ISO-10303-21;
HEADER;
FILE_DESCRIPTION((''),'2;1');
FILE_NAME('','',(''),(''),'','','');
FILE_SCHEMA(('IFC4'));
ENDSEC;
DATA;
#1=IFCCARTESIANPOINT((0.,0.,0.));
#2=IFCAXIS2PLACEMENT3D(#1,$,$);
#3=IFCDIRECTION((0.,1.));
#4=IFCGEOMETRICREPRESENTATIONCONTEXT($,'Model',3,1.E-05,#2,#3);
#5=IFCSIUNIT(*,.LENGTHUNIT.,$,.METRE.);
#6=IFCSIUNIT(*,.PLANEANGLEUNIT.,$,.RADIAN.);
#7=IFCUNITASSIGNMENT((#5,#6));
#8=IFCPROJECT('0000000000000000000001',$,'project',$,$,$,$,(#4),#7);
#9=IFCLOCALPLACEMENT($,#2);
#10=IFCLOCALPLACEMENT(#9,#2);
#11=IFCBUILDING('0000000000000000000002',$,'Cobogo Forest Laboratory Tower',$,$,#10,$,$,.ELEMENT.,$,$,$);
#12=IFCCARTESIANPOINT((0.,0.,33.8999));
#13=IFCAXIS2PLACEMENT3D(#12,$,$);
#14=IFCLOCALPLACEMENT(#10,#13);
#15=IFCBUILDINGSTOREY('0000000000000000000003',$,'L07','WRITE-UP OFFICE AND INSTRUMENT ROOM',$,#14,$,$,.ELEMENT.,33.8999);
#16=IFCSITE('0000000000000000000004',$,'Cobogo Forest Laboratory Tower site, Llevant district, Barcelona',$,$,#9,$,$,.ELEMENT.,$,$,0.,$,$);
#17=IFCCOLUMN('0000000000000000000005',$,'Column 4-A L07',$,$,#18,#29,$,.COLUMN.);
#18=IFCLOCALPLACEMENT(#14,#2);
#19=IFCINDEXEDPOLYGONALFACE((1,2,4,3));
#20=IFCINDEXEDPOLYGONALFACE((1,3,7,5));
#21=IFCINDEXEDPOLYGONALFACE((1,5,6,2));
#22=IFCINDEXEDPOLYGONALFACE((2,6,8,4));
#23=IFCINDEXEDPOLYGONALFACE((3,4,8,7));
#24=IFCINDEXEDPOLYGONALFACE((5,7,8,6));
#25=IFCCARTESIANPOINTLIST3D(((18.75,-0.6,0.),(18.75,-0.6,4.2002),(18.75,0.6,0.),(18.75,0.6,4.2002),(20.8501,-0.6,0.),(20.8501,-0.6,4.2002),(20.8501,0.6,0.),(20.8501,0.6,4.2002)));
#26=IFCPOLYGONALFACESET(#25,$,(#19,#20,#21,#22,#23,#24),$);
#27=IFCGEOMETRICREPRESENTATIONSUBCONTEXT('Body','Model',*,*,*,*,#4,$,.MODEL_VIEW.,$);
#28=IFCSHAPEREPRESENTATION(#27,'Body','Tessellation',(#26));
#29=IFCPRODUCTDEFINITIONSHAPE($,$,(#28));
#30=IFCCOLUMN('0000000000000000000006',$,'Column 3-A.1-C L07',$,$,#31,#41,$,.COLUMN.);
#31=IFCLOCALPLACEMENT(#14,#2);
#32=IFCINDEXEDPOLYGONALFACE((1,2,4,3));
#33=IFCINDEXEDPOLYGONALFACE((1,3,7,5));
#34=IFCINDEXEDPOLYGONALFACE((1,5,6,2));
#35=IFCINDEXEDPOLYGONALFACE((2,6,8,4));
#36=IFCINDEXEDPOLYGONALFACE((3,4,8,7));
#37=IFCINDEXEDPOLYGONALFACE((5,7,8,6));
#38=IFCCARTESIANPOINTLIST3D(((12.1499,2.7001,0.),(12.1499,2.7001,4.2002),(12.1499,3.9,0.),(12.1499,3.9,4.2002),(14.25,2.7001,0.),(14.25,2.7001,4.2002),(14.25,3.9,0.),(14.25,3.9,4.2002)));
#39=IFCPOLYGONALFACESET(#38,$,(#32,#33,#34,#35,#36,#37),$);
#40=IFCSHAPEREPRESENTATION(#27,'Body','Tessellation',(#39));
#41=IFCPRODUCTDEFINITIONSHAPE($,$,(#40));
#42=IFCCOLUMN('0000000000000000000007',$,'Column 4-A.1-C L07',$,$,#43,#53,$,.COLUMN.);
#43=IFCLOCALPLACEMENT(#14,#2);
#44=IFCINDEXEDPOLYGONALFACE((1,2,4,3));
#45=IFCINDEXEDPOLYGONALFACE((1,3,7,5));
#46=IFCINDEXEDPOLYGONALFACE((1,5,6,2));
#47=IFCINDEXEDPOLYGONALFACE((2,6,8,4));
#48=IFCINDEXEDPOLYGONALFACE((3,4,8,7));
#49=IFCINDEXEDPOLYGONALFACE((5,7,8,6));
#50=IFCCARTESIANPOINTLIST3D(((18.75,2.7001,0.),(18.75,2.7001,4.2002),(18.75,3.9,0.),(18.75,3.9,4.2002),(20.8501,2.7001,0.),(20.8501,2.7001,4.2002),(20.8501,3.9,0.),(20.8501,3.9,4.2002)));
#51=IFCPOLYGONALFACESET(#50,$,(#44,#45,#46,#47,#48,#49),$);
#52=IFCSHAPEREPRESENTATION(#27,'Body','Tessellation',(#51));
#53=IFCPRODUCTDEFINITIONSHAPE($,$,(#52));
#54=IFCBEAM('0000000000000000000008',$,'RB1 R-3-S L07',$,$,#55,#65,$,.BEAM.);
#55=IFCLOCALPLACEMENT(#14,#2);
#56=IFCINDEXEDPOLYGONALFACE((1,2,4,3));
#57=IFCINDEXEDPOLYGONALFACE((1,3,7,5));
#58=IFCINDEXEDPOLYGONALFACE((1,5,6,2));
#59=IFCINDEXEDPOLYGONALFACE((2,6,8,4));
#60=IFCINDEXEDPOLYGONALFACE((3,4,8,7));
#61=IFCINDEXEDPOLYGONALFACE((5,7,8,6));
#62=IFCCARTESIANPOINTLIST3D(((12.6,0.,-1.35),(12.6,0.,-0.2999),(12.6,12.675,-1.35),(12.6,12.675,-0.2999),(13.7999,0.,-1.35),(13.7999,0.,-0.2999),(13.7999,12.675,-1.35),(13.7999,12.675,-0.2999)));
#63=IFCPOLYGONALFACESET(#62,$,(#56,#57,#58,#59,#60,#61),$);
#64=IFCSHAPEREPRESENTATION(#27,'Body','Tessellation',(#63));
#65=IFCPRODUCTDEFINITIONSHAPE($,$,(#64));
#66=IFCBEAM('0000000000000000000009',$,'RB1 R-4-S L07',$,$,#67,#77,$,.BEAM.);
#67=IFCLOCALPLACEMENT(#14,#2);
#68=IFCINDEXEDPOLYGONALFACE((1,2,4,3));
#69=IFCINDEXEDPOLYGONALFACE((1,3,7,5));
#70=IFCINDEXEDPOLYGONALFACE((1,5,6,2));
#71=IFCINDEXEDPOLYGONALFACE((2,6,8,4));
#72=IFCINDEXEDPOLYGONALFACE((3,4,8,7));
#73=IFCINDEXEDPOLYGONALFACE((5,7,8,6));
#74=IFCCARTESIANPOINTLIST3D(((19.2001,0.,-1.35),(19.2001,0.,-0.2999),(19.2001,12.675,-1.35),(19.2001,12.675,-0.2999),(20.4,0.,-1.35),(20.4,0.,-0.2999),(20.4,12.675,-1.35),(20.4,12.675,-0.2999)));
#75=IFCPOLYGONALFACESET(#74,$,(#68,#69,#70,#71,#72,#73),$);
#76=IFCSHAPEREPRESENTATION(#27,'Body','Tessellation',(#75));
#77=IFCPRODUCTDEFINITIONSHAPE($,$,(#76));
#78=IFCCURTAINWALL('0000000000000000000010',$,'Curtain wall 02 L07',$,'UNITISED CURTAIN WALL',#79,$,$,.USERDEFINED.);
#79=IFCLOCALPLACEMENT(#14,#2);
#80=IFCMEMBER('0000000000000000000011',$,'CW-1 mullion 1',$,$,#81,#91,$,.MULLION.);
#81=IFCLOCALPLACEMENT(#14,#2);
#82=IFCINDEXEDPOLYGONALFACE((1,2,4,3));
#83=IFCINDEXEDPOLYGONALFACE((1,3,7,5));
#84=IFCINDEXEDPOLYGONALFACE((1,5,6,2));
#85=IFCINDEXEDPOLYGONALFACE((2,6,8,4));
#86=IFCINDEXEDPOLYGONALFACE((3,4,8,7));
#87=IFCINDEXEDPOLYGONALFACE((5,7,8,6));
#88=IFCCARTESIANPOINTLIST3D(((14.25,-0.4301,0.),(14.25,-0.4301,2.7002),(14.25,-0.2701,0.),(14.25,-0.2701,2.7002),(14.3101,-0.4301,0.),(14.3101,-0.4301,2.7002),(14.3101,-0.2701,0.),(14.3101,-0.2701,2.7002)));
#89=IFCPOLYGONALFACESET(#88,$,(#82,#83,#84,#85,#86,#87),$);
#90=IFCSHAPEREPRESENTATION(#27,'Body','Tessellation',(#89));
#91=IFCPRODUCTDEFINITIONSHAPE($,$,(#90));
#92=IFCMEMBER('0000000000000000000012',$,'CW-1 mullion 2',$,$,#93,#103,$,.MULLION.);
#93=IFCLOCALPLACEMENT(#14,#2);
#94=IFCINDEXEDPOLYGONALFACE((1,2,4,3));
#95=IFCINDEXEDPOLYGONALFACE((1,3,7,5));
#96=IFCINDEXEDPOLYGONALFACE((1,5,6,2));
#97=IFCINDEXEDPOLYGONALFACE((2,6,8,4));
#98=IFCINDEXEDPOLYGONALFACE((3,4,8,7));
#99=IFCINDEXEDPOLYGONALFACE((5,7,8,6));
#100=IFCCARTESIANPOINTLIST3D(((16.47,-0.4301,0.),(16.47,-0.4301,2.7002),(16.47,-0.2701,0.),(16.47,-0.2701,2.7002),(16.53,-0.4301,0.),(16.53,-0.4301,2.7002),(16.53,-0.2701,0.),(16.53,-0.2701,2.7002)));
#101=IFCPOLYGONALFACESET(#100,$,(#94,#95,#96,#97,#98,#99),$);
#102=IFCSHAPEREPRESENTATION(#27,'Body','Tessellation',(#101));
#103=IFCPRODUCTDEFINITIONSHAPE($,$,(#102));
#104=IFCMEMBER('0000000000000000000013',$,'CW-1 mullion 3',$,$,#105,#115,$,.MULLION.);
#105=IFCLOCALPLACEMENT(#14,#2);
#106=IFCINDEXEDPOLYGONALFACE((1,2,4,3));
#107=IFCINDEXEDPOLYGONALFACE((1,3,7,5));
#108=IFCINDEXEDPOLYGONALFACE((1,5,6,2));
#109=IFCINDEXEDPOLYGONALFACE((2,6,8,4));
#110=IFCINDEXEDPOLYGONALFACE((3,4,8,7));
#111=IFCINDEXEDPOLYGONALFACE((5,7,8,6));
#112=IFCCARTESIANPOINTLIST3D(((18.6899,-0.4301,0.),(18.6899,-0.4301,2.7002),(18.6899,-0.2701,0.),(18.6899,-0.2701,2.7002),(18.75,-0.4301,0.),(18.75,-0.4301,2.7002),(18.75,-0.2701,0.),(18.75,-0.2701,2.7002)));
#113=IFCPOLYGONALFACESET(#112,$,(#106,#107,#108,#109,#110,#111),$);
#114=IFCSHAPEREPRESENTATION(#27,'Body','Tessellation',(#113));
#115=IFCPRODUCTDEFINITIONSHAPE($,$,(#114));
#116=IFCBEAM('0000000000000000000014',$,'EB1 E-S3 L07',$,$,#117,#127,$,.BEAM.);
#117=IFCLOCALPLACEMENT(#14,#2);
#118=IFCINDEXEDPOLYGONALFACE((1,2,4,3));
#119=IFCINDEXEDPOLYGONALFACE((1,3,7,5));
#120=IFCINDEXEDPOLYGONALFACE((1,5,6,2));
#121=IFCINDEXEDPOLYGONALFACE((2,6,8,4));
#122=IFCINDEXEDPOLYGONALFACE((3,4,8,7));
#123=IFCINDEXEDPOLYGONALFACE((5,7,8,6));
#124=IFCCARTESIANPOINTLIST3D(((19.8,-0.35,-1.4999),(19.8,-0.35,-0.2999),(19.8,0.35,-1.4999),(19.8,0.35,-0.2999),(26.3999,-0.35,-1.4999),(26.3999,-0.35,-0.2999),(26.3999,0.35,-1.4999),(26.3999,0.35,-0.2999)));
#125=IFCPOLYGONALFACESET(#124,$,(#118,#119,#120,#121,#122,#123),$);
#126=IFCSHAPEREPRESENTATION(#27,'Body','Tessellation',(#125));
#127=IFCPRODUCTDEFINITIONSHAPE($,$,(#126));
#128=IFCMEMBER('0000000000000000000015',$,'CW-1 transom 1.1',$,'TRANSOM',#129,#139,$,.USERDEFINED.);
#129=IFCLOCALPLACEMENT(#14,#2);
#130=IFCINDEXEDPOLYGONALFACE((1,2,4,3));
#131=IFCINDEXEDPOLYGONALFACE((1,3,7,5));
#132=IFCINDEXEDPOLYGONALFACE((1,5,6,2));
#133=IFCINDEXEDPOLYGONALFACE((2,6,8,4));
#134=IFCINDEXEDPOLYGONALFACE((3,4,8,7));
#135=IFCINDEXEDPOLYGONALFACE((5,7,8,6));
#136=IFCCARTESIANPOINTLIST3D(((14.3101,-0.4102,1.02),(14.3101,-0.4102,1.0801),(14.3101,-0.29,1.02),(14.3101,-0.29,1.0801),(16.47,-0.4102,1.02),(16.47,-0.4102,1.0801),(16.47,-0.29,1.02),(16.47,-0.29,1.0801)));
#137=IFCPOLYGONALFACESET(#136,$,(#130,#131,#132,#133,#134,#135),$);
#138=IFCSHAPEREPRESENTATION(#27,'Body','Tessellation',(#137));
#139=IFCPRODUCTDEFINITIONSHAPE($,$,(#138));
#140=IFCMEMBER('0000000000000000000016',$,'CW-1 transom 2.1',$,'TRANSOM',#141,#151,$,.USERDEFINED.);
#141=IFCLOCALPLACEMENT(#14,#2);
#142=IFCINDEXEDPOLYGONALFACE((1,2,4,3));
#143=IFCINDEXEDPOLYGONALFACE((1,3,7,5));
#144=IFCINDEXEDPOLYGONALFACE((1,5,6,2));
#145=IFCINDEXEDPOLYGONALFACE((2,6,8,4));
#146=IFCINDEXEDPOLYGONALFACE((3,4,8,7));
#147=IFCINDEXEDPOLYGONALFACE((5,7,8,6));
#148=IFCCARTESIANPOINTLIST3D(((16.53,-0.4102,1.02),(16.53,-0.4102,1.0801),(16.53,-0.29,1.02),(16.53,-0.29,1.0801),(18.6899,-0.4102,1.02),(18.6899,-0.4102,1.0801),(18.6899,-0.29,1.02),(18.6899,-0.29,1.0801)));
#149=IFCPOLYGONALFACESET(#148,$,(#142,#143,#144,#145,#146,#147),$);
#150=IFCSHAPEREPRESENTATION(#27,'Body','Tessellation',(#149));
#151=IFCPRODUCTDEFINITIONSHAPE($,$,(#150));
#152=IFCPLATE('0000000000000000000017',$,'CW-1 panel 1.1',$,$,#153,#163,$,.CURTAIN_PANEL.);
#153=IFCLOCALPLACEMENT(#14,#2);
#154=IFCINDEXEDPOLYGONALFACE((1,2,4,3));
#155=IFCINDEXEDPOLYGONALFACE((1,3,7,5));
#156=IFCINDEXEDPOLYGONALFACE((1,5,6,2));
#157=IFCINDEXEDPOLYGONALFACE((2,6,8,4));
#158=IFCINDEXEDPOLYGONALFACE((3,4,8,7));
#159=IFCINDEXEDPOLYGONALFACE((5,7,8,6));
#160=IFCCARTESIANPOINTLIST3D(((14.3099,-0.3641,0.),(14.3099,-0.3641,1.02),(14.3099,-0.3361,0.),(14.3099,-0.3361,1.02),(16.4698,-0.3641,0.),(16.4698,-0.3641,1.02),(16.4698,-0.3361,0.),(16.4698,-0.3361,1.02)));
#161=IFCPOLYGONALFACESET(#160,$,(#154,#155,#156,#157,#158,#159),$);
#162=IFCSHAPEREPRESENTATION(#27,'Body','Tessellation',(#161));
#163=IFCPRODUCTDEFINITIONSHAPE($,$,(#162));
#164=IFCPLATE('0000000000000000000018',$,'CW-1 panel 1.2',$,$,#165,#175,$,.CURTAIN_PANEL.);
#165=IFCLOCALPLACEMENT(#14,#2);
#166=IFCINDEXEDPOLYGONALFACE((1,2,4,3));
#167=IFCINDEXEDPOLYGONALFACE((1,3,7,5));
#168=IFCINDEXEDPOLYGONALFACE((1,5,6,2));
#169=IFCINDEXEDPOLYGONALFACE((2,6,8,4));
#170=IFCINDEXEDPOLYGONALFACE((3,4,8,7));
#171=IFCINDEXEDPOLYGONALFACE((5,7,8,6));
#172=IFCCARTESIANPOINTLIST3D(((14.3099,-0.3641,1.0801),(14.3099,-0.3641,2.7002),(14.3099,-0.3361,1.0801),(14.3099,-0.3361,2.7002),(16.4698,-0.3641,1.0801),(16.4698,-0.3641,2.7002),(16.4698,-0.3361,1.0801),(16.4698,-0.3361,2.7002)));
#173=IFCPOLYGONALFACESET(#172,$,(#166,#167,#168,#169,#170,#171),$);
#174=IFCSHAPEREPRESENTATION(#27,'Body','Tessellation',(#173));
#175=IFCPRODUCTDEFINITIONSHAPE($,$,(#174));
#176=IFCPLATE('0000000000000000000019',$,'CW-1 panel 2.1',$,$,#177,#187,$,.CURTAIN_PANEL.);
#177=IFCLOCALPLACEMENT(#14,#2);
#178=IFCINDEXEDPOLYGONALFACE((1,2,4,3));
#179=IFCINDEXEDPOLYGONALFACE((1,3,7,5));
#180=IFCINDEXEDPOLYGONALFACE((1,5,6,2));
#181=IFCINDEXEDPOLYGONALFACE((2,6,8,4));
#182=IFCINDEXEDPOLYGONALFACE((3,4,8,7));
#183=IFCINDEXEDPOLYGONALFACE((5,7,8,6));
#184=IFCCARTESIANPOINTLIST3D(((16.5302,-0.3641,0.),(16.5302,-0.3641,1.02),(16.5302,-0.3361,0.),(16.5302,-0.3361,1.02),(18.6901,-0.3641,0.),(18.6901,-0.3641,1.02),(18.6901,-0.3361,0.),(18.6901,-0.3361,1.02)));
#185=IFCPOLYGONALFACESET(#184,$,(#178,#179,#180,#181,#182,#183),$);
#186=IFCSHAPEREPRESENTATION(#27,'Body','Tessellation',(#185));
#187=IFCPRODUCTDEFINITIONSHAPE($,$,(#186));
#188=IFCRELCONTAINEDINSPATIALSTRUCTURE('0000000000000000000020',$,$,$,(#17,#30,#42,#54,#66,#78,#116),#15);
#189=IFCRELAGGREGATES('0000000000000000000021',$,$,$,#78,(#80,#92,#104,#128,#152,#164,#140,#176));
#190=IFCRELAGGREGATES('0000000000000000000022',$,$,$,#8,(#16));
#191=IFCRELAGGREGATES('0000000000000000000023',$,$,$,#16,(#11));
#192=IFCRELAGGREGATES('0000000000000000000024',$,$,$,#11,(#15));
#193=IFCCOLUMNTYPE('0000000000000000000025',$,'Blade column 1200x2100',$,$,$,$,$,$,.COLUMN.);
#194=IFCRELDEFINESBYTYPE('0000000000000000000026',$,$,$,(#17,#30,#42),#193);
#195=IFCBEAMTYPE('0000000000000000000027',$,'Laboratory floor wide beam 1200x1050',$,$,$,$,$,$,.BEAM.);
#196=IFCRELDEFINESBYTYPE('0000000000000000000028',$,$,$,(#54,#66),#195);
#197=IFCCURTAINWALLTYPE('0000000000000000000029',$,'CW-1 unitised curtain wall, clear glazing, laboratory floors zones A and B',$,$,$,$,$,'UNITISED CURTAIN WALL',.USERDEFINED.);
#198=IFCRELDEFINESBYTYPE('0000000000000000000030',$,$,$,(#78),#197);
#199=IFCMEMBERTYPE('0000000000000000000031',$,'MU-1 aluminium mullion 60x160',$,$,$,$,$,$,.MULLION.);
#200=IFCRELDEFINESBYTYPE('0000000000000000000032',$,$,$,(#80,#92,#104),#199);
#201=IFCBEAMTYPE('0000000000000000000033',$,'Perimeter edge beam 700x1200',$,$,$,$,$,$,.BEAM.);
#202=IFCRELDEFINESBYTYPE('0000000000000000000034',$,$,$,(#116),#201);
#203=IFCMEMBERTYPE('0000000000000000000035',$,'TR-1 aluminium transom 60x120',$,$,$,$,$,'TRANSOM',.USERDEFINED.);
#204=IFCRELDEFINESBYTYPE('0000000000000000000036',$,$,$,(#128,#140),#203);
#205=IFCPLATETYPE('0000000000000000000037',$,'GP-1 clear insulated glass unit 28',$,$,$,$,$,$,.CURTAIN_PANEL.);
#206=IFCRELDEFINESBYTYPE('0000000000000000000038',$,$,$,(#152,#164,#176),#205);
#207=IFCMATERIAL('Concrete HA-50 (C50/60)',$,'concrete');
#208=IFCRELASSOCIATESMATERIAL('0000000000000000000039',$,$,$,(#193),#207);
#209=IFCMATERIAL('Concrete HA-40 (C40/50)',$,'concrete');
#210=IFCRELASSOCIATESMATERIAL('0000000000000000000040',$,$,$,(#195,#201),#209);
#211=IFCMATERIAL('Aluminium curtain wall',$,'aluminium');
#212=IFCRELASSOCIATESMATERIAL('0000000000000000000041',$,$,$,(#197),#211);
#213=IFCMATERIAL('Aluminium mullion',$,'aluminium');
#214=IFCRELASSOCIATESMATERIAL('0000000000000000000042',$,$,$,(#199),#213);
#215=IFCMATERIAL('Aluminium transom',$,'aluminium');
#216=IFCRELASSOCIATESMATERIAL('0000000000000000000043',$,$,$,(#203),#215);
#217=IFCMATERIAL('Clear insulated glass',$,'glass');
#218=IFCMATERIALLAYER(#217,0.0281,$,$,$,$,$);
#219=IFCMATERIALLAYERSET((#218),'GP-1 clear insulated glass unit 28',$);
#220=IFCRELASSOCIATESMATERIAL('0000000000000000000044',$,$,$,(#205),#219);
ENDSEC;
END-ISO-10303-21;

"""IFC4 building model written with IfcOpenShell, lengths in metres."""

from ifc_helpers import new_model, si_unit, direction, frame, origin, origin_2d, place, context, subcontext, project, spatial, rectangle, extrude, material, layer, layer_set, material_profile, profile_set, type_object, element, aggregate, save


model = new_model("IFC4")

# Units and contexts
model_context = context("Model", 3, precision=1e-05, world=origin(), true_north=direction((0.0, 1.0)))
body_context = subcontext(model_context, "Body", "Model", "MODEL_VIEW")
ifc_project = project(units=[si_unit("LENGTHUNIT", "METRE"), si_unit("PLANEANGLEUNIT", "RADIAN")], contexts=[model_context])

# Site, building, storey
site_placement = place(None, origin())
site = spatial("IfcSite", under=ifc_project, at=site_placement, Name="Cobogo Forest Laboratory Tower site, Llevant district, Barcelona", CompositionType="ELEMENT", RefElevation=0.0)
building_placement = place(site_placement, origin())
building = spatial("IfcBuilding", under=site, at=building_placement, Name="Cobogo Forest Laboratory Tower", CompositionType="ELEMENT")
storey_placement = place(building_placement, frame((0.0, 0.0, 33.8999)))
storey = spatial("IfcBuildingStorey", under=building, at=storey_placement, Name="L07", Description="WRITE-UP OFFICE AND INSTRUMENT ROOM", CompositionType="ELEMENT", Elevation=33.8999)

# Columns
ifc_material_1 = material(Name="Concrete HA-50 (C50/60)", Category="concrete")
ifc_material_profile_1 = material_profile(ifc_material_1, rectangle(XDim=2.1001, YDim=1.2, at=origin_2d()), Name="RC 1200x2100")
ifc_profile_set_1 = profile_set([ifc_material_profile_1], Name="Concrete HA-50 (C50/60)")
column_type = type_object("IfcColumnType", Name="Blade column 1200x2100", PredefinedType="COLUMN", material=ifc_profile_set_1)
for number, where, z_axis, x_axis, name in (
    (1, (19.8, 0.0, 0.0), (0.0, 0.0, 1.0), (1.0, 0.0, 0.0), "Column 4-A L07"),
    (2, (13.2, 3.3, 0.0), (0.0, 0.0, 1.0), (1.0, 0.0, 0.0), "Column 3-A.1-C L07"),
    (3, (19.8, 3.3, 0.0), (0.0, 0.0, 1.0), (1.0, 0.0, 0.0), "Column 4-A.1-C L07"),
):
    element("IfcColumn", number, at=place(storey_placement, frame(where, z_axis=z_axis, x_axis=x_axis)), inside=storey, type_object=column_type, Name=name, PredefinedType="COLUMN", context=body_context, shape_type="SweptSolid", body=[
        extrude(rectangle(XDim=2.1001, YDim=1.2, at=origin_2d()), origin(), (0.0, 0.0, 1.0), 4.2002),
    ])

# Beams
ifc_material_2 = material(Name="Concrete HA-40 (C40/50)", Category="concrete")
ifc_material_profile_2 = material_profile(ifc_material_2, rectangle(XDim=1.2, YDim=1.05, at=origin_2d()), Name="RC 1200x1050")
ifc_profile_set_2 = profile_set([ifc_material_profile_2], Name="Concrete HA-40 (C40/50)")
beam_type_1 = type_object("IfcBeamType", Name="Laboratory floor wide beam 1200x1050", PredefinedType="BEAM", material=ifc_profile_set_2)
for number, where, z_axis, x_axis, name in (
    (4, (13.2, 12.675, -0.825), (0.0, -1.0, 0.0), (1.0, 0.0, 0.0), "RB1 R-3-S L07"),
    (5, (19.8, 12.675, -0.825), (0.0, -1.0, 0.0), (1.0, 0.0, 0.0), "RB1 R-4-S L07"),
):
    element("IfcBeam", number, at=place(storey_placement, frame(where, z_axis=z_axis, x_axis=x_axis)), inside=storey, type_object=beam_type_1, Name=name, PredefinedType="BEAM", context=body_context, shape_type="SweptSolid", body=[
        extrude(rectangle(XDim=1.2, YDim=1.05, at=origin_2d()), origin(), (0.0, 0.0, 1.0), 12.675),
    ])

# Curtain wall, members
ifc_material_3 = material(Name="Aluminium curtain wall", Category="aluminium")
curtain_wall_type = type_object("IfcCurtainWallType", Name="CW-1 unitised curtain wall, clear glazing, laboratory floors zones A and B", ElementType="UNITISED CURTAIN WALL", PredefinedType="USERDEFINED", material=ifc_material_3)
curtain_wall_placement = place(storey_placement, origin())
curtain_wall = element("IfcCurtainWall", 6, at=curtain_wall_placement, inside=storey, type_object=curtain_wall_type, Name="Curtain wall 02 L07", ObjectType="UNITISED CURTAIN WALL", PredefinedType="USERDEFINED")
ifc_material_4 = material(Name="Aluminium mullion", Category="aluminium")
ifc_material_profile_3 = material_profile(ifc_material_4, rectangle(XDim=0.0601, YDim=0.1599, at=origin_2d()), Name="AL 60x160")
ifc_profile_set_3 = profile_set([ifc_material_profile_3], Name="Aluminium mullion")
member_type_1 = type_object("IfcMemberType", Name="MU-1 aluminium mullion 60x160", PredefinedType="MULLION", material=ifc_profile_set_3)
member_1_placement = place(storey_placement, frame((14.28, -0.3501, 0.0), z_axis=(0.0, 0.0, 1.0), x_axis=(1.0, 0.0, 0.0)))
member_1 = element("IfcMember", 7, at=member_1_placement, type_object=member_type_1, Name="CW-1 mullion 1", PredefinedType="MULLION", context=body_context, shape_type="SweptSolid", body=[
    extrude(rectangle(XDim=0.0601, YDim=0.1599, at=origin_2d()), origin(), (0.0, 0.0, 1.0), 2.7002),
])
member_2_placement = place(storey_placement, frame((16.5, -0.3501, 0.0), z_axis=(0.0, 0.0, 1.0), x_axis=(1.0, 0.0, 0.0)))
member_2 = element("IfcMember", 8, at=member_2_placement, type_object=member_type_1, Name="CW-1 mullion 2", PredefinedType="MULLION", context=body_context, shape_type="SweptSolid", body=[
    extrude(rectangle(XDim=0.0601, YDim=0.1599, at=origin_2d()), origin(), (0.0, 0.0, 1.0), 2.7002),
])
member_3_placement = place(storey_placement, frame((18.72, -0.3501, 0.0), z_axis=(0.0, 0.0, 1.0), x_axis=(1.0, 0.0, 0.0)))
member_3 = element("IfcMember", 9, at=member_3_placement, type_object=member_type_1, Name="CW-1 mullion 3", PredefinedType="MULLION", context=body_context, shape_type="SweptSolid", body=[
    extrude(rectangle(XDim=0.0601, YDim=0.1599, at=origin_2d()), origin(), (0.0, 0.0, 1.0), 2.7002),
])

# Beam
ifc_material_profile_4 = material_profile(ifc_material_2, rectangle(XDim=0.7, YDim=1.2, at=origin_2d()), Name="RC 700x1200")
ifc_profile_set_4 = profile_set([ifc_material_profile_4], Name="Concrete HA-40 (C40/50)")
beam_type_2 = type_object("IfcBeamType", Name="Perimeter edge beam 700x1200", PredefinedType="BEAM", material=ifc_profile_set_4)
beam_placement = place(storey_placement, frame((19.8, 0.0, -0.8999), z_axis=(1.0, 0.0, 0.0), x_axis=(0.0, 1.0, 0.0)))
element("IfcBeam", 10, at=beam_placement, inside=storey, type_object=beam_type_2, Name="EB1 E-S3 L07", PredefinedType="BEAM", context=body_context, shape_type="SweptSolid", body=[
    extrude(rectangle(XDim=0.7, YDim=1.2, at=origin_2d()), origin(), (0.0, 0.0, 1.0), 6.5999),
])

# Members
ifc_material_5 = material(Name="Aluminium transom", Category="aluminium")
ifc_material_profile_5 = material_profile(ifc_material_5, rectangle(XDim=0.1201, YDim=0.0601, at=origin_2d()), Name="AL 60x120")
ifc_profile_set_5 = profile_set([ifc_material_profile_5], Name="Aluminium transom")
member_type_2 = type_object("IfcMemberType", Name="TR-1 aluminium transom 60x120", ElementType="TRANSOM", PredefinedType="USERDEFINED", material=ifc_profile_set_5)
member_4_placement = place(storey_placement, frame((14.3101, -0.3501, 1.05), z_axis=(1.0, 0.0, 0.0), x_axis=(0.0, 1.0, 0.0)))
member_4 = element("IfcMember", 11, at=member_4_placement, type_object=member_type_2, Name="CW-1 transom 1.1", ObjectType="TRANSOM", PredefinedType="USERDEFINED", context=body_context, shape_type="SweptSolid", body=[
    extrude(rectangle(XDim=0.1201, YDim=0.0601, at=origin_2d()), origin(), (0.0, 0.0, 1.0), 2.1599),
])
member_5_placement = place(storey_placement, frame((16.53, -0.3501, 1.05), z_axis=(1.0, 0.0, 0.0), x_axis=(0.0, 1.0, 0.0)))
member_5 = element("IfcMember", 12, at=member_5_placement, type_object=member_type_2, Name="CW-1 transom 2.1", ObjectType="TRANSOM", PredefinedType="USERDEFINED", context=body_context, shape_type="SweptSolid", body=[
    extrude(rectangle(XDim=0.1201, YDim=0.0601, at=origin_2d()), origin(), (0.0, 0.0, 1.0), 2.1599),
])

# Plates
ifc_material_6 = material(Name="Clear insulated glass", Category="glass")
ifc_layer_1 = layer(ifc_material_6, 0.0281)
ifc_layer_set_1 = layer_set([ifc_layer_1], Name="GP-1 clear insulated glass unit 28")
plate_type_1 = type_object("IfcPlateType", Name="GP-1 clear insulated glass unit 28", PredefinedType="CURTAIN_PANEL", material=ifc_layer_set_1)
plate_1_placement = place(storey_placement, frame((15.3899, -0.3501, 0.0), z_axis=(0.0, 0.0, 1.0), x_axis=(1.0, 0.0, 0.0)))
plate_1 = element("IfcPlate", 13, at=plate_1_placement, type_object=plate_type_1, Name="CW-1 panel 1.1", PredefinedType="CURTAIN_PANEL", context=body_context, shape_type="SweptSolid", body=[
    extrude(rectangle(XDim=2.1599, YDim=0.0281, at=origin_2d()), origin(), (0.0, 0.0, 1.0), 1.02),
])
plate_2_placement = place(storey_placement, frame((15.3899, -0.3501, 1.0801), z_axis=(0.0, 0.0, 1.0), x_axis=(1.0, 0.0, 0.0)))
plate_2 = element("IfcPlate", 14, at=plate_2_placement, type_object=plate_type_1, Name="CW-1 panel 1.2", PredefinedType="CURTAIN_PANEL", context=body_context, shape_type="SweptSolid", body=[
    extrude(rectangle(XDim=2.1599, YDim=0.0281, at=origin_2d()), origin(), (0.0, 0.0, 1.0), 1.6201),
])
plate_3_placement = place(storey_placement, frame((17.6101, -0.3501, 0.0), z_axis=(0.0, 0.0, 1.0), x_axis=(1.0, 0.0, 0.0)))
plate_3 = element("IfcPlate", 15, at=plate_3_placement, type_object=plate_type_1, Name="CW-1 panel 2.1", PredefinedType="CURTAIN_PANEL", context=body_context, shape_type="SweptSolid", body=[
    extrude(rectangle(XDim=2.1599, YDim=0.0281, at=origin_2d()), origin(), (0.0, 0.0, 1.0), 1.02),
])
aggregate(curtain_wall, [member_1, member_2, member_3, member_4, plate_1, plate_2, member_5, plate_3])

save(model, "model.ifc")
